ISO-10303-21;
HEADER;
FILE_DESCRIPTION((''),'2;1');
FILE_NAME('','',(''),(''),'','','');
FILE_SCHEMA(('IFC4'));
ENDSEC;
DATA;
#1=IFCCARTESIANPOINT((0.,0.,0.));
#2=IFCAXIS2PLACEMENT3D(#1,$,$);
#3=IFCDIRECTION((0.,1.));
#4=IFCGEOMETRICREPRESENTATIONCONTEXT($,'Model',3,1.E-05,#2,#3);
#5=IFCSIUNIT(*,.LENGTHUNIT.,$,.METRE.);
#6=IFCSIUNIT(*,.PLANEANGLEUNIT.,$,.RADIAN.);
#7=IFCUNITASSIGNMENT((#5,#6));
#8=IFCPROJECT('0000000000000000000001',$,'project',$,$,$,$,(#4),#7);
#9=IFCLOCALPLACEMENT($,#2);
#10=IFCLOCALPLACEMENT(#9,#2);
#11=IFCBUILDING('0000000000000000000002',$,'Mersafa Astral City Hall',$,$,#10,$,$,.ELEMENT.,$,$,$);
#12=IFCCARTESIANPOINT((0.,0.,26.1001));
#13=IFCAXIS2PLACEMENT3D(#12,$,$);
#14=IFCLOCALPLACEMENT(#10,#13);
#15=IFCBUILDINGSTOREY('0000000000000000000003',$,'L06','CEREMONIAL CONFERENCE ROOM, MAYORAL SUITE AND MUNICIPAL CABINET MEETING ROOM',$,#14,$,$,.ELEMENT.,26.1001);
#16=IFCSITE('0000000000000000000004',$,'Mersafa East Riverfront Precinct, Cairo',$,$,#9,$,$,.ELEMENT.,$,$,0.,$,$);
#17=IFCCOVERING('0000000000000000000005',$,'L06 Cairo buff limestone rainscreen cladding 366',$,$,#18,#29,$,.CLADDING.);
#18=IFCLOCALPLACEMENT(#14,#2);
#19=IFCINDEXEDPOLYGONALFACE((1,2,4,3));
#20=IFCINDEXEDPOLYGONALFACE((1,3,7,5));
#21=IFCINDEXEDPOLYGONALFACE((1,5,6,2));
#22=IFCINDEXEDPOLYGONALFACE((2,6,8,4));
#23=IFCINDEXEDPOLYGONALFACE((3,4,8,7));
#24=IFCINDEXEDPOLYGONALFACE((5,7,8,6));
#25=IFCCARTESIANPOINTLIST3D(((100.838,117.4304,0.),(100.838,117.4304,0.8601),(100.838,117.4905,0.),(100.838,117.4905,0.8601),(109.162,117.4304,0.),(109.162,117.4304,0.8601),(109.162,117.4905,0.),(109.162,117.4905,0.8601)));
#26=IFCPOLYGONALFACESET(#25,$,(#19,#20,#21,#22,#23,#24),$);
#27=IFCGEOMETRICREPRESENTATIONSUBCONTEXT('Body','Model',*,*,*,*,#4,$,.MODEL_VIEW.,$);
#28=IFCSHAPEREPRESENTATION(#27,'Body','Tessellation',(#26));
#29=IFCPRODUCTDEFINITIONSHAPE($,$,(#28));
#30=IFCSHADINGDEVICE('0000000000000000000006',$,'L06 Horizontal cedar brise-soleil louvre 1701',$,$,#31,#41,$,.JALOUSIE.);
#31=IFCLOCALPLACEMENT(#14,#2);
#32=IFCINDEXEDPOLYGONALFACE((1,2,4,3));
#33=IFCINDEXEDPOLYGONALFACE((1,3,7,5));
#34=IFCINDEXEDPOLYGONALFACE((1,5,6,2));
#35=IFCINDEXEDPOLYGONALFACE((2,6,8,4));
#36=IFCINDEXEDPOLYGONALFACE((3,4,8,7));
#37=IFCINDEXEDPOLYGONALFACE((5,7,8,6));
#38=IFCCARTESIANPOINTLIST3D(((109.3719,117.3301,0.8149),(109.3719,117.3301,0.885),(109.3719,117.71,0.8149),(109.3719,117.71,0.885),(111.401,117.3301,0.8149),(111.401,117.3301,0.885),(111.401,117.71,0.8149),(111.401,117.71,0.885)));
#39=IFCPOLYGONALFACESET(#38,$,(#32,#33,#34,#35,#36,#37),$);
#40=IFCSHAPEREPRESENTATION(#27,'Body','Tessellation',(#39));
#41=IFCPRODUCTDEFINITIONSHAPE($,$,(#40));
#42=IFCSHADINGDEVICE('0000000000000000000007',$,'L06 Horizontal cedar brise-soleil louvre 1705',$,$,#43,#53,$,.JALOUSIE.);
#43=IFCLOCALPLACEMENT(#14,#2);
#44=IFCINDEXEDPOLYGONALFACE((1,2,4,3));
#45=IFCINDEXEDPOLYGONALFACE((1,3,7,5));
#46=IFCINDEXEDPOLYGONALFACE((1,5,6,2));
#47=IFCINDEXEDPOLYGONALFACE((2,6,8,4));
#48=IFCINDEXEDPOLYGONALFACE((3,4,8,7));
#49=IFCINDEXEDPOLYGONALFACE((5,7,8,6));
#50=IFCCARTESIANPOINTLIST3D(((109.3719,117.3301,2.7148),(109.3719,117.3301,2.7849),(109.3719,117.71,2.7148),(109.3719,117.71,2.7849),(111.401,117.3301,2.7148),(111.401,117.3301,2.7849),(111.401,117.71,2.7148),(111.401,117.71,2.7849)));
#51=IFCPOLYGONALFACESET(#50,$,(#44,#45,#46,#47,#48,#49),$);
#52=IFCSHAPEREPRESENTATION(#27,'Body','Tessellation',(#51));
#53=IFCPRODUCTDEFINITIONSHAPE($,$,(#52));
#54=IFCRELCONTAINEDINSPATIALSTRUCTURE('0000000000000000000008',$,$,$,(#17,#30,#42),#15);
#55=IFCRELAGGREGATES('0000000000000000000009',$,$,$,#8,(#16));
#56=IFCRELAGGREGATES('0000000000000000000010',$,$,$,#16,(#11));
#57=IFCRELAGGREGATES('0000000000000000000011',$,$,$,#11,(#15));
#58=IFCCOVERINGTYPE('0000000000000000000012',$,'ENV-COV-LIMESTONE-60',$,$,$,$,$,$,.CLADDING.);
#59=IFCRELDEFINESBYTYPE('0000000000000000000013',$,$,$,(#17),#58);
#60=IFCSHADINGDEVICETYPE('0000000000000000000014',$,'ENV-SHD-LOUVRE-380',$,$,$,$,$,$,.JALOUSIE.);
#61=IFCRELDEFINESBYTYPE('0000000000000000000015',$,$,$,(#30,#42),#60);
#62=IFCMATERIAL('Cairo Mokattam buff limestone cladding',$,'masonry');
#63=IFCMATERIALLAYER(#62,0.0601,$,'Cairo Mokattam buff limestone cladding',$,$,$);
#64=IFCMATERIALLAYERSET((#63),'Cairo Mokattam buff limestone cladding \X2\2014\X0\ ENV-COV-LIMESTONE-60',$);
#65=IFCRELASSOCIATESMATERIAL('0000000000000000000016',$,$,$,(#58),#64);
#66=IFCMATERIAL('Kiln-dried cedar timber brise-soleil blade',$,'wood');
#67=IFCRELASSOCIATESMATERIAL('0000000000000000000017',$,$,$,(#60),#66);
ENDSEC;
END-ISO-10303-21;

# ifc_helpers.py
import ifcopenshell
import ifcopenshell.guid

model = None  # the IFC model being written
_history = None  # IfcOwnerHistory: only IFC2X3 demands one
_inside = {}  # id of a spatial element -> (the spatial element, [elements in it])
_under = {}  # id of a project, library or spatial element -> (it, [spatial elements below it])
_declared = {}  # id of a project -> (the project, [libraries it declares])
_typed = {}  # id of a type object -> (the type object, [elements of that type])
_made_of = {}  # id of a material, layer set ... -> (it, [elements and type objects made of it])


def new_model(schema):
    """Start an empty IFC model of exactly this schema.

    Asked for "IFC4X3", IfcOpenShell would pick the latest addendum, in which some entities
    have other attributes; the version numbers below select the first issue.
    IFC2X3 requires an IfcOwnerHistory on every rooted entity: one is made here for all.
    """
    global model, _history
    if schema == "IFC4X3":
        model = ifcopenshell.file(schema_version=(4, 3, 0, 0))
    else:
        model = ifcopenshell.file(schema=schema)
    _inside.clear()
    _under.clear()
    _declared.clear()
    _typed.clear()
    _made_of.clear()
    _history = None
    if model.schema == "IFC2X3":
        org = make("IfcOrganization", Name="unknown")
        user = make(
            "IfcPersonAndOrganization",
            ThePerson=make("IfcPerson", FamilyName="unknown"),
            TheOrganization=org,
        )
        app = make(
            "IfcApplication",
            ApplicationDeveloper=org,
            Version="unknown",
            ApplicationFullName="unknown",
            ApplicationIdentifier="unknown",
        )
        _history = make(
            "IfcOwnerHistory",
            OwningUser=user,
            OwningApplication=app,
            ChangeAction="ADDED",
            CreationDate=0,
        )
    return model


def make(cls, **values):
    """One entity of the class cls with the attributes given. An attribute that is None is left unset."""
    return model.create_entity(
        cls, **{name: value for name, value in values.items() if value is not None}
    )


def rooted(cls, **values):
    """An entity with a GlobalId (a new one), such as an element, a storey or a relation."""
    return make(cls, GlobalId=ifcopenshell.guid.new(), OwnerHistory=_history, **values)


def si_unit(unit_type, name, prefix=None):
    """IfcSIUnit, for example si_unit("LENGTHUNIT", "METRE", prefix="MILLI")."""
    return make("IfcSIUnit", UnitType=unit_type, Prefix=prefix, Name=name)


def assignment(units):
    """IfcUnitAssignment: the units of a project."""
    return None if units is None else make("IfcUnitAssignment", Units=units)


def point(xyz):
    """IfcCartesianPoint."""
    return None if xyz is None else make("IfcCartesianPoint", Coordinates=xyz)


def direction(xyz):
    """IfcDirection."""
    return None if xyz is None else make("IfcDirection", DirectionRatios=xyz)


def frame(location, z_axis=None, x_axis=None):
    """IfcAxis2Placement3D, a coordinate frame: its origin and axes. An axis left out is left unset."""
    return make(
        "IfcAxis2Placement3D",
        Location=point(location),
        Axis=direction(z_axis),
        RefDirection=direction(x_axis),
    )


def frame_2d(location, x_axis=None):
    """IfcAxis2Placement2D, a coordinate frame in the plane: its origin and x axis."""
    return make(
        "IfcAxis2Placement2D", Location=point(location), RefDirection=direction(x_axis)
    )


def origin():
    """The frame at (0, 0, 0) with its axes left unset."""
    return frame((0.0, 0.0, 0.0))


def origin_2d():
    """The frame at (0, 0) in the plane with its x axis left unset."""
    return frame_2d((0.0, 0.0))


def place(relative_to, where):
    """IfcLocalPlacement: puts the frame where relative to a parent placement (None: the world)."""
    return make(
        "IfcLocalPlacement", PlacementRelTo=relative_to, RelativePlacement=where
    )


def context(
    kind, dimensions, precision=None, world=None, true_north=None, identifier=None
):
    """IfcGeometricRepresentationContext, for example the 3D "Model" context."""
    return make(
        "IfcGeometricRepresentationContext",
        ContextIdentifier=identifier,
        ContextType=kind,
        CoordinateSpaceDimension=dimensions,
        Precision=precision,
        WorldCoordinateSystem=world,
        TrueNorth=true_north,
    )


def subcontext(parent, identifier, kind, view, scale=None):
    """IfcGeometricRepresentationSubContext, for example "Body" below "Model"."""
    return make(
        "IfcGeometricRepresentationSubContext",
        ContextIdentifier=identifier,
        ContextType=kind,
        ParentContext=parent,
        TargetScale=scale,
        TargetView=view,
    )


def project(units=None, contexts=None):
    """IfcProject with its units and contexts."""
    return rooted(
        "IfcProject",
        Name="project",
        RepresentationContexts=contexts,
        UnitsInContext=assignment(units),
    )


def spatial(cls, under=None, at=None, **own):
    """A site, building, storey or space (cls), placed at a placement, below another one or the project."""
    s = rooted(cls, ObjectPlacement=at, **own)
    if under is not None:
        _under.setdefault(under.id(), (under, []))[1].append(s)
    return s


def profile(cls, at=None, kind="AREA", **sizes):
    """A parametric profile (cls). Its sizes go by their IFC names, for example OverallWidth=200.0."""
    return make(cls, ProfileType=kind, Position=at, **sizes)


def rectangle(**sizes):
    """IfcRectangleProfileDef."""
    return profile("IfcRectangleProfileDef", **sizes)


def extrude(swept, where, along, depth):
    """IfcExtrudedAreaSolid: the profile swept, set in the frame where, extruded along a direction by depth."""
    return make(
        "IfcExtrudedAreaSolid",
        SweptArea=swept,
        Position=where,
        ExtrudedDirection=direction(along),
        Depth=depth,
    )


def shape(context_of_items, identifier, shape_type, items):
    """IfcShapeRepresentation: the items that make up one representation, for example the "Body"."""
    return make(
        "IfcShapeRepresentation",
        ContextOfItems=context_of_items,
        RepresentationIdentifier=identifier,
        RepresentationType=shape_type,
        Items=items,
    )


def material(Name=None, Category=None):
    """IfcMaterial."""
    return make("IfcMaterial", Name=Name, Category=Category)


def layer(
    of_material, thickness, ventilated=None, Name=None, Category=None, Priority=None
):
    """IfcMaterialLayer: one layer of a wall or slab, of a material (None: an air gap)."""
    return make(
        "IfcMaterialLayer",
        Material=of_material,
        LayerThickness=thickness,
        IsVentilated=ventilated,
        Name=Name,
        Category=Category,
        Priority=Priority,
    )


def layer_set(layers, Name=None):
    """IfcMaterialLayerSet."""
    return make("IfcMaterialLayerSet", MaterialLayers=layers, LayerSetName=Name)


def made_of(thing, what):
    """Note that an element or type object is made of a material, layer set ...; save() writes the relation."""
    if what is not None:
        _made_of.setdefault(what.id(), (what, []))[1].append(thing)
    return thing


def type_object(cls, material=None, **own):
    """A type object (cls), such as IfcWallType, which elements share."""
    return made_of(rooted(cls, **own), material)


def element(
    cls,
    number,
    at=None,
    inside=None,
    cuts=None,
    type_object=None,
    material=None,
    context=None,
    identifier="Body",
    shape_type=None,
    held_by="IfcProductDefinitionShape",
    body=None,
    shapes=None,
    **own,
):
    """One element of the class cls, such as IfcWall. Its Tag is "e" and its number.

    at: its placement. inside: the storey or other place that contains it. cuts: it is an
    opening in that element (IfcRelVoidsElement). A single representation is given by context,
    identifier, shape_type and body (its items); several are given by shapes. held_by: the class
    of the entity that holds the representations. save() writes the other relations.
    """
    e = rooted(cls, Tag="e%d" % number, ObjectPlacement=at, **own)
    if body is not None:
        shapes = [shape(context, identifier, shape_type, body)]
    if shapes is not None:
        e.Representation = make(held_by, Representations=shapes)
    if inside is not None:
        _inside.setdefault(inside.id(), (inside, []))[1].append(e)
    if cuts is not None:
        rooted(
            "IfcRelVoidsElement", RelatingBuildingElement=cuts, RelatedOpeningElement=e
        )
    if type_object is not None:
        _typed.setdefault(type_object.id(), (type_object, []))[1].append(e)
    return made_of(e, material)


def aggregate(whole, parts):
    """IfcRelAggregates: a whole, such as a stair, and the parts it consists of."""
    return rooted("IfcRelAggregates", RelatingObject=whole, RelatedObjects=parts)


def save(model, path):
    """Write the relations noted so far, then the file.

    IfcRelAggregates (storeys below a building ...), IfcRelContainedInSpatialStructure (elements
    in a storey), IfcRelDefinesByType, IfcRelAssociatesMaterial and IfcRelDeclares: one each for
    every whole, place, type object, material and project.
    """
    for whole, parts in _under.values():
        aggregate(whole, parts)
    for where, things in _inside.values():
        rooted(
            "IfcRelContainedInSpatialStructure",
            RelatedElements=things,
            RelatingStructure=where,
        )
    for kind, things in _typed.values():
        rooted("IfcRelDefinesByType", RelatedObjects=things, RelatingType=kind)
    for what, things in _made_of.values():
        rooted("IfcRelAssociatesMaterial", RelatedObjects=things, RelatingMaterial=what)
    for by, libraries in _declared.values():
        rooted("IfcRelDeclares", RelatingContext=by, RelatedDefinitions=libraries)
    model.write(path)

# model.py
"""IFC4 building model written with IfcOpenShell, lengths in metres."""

from ifc_helpers import new_model, si_unit, direction, frame, origin, origin_2d, place, context, subcontext, project, spatial, rectangle, extrude, material, layer, layer_set, type_object, element, save


model = new_model("IFC4")

# Units and contexts
model_context = context("Model", 3, precision=1e-05, world=origin(), true_north=direction((0.0, 1.0)))
body_context = subcontext(model_context, "Body", "Model", "MODEL_VIEW")
ifc_project = project(units=[si_unit("LENGTHUNIT", "METRE"), si_unit("PLANEANGLEUNIT", "RADIAN")], contexts=[model_context])

# Site, building, storey
site_placement = place(None, origin())
site = spatial("IfcSite", under=ifc_project, at=site_placement, Name="Mersafa East Riverfront Precinct, Cairo", CompositionType="ELEMENT", RefElevation=0.0)
building_placement = place(site_placement, origin())
building = spatial("IfcBuilding", under=site, at=building_placement, Name="Mersafa Astral City Hall", CompositionType="ELEMENT")
storey_placement = place(building_placement, frame((0.0, 0.0, 26.1001)))
storey = spatial("IfcBuildingStorey", under=building, at=storey_placement, Name="L06", Description="CEREMONIAL CONFERENCE ROOM, MAYORAL SUITE AND MUNICIPAL CABINET MEETING ROOM", CompositionType="ELEMENT", Elevation=26.1001)

# Covering
ifc_material_1 = material(Name="Cairo Mokattam buff limestone cladding", Category="masonry")
ifc_layer_1 = layer(ifc_material_1, 0.0601, Name="Cairo Mokattam buff limestone cladding")
ifc_layer_set_1 = layer_set([ifc_layer_1], Name="Cairo Mokattam buff limestone cladding — ENV-COV-LIMESTONE-60")
covering_type = type_object("IfcCoveringType", Name="ENV-COV-LIMESTONE-60", PredefinedType="CLADDING", material=ifc_layer_set_1)
covering_placement = place(storey_placement, frame((105.0, 117.4604, 0.0), z_axis=(0.0, 0.0, 1.0), x_axis=(1.0, 0.0, 0.0)))
element("IfcCovering", 1, at=covering_placement, inside=storey, type_object=covering_type, Name="L06 Cairo buff limestone rainscreen cladding 366", PredefinedType="CLADDING", context=body_context, shape_type="SweptSolid", body=[
    extrude(rectangle(XDim=8.324, YDim=0.0601, at=origin_2d()), origin(), (0.0, 0.0, 1.0), 0.8601),
])

# Shading devices
ifc_material_2 = material(Name="Kiln-dried cedar timber brise-soleil blade", Category="wood")
shading_device_type = type_object("IfcShadingDeviceType", Name="ENV-SHD-LOUVRE-380", PredefinedType="JALOUSIE", material=ifc_material_2)
for number, where, z_axis, x_axis, name in (
    (2, (110.3865, 117.52, 0.8149), (0.0, 0.0, 1.0), (1.0, 0.0, 0.0), "L06 Horizontal cedar brise-soleil louvre 1701"),
    (3, (110.3865, 117.52, 2.7148), (0.0, 0.0, 1.0), (1.0, 0.0, 0.0), "L06 Horizontal cedar brise-soleil louvre 1705"),
):
    element("IfcShadingDevice", number, at=place(storey_placement, frame(where, z_axis=z_axis, x_axis=x_axis)), inside=storey, type_object=shading_device_type, Name=name, PredefinedType="JALOUSIE", context=body_context, shape_type="SweptSolid", body=[
        extrude(rectangle(XDim=2.0291, YDim=0.3799, at=origin_2d()), origin(), (0.0, 0.0, 1.0), 0.0701),
    ])

save(model, "model.ifc")
